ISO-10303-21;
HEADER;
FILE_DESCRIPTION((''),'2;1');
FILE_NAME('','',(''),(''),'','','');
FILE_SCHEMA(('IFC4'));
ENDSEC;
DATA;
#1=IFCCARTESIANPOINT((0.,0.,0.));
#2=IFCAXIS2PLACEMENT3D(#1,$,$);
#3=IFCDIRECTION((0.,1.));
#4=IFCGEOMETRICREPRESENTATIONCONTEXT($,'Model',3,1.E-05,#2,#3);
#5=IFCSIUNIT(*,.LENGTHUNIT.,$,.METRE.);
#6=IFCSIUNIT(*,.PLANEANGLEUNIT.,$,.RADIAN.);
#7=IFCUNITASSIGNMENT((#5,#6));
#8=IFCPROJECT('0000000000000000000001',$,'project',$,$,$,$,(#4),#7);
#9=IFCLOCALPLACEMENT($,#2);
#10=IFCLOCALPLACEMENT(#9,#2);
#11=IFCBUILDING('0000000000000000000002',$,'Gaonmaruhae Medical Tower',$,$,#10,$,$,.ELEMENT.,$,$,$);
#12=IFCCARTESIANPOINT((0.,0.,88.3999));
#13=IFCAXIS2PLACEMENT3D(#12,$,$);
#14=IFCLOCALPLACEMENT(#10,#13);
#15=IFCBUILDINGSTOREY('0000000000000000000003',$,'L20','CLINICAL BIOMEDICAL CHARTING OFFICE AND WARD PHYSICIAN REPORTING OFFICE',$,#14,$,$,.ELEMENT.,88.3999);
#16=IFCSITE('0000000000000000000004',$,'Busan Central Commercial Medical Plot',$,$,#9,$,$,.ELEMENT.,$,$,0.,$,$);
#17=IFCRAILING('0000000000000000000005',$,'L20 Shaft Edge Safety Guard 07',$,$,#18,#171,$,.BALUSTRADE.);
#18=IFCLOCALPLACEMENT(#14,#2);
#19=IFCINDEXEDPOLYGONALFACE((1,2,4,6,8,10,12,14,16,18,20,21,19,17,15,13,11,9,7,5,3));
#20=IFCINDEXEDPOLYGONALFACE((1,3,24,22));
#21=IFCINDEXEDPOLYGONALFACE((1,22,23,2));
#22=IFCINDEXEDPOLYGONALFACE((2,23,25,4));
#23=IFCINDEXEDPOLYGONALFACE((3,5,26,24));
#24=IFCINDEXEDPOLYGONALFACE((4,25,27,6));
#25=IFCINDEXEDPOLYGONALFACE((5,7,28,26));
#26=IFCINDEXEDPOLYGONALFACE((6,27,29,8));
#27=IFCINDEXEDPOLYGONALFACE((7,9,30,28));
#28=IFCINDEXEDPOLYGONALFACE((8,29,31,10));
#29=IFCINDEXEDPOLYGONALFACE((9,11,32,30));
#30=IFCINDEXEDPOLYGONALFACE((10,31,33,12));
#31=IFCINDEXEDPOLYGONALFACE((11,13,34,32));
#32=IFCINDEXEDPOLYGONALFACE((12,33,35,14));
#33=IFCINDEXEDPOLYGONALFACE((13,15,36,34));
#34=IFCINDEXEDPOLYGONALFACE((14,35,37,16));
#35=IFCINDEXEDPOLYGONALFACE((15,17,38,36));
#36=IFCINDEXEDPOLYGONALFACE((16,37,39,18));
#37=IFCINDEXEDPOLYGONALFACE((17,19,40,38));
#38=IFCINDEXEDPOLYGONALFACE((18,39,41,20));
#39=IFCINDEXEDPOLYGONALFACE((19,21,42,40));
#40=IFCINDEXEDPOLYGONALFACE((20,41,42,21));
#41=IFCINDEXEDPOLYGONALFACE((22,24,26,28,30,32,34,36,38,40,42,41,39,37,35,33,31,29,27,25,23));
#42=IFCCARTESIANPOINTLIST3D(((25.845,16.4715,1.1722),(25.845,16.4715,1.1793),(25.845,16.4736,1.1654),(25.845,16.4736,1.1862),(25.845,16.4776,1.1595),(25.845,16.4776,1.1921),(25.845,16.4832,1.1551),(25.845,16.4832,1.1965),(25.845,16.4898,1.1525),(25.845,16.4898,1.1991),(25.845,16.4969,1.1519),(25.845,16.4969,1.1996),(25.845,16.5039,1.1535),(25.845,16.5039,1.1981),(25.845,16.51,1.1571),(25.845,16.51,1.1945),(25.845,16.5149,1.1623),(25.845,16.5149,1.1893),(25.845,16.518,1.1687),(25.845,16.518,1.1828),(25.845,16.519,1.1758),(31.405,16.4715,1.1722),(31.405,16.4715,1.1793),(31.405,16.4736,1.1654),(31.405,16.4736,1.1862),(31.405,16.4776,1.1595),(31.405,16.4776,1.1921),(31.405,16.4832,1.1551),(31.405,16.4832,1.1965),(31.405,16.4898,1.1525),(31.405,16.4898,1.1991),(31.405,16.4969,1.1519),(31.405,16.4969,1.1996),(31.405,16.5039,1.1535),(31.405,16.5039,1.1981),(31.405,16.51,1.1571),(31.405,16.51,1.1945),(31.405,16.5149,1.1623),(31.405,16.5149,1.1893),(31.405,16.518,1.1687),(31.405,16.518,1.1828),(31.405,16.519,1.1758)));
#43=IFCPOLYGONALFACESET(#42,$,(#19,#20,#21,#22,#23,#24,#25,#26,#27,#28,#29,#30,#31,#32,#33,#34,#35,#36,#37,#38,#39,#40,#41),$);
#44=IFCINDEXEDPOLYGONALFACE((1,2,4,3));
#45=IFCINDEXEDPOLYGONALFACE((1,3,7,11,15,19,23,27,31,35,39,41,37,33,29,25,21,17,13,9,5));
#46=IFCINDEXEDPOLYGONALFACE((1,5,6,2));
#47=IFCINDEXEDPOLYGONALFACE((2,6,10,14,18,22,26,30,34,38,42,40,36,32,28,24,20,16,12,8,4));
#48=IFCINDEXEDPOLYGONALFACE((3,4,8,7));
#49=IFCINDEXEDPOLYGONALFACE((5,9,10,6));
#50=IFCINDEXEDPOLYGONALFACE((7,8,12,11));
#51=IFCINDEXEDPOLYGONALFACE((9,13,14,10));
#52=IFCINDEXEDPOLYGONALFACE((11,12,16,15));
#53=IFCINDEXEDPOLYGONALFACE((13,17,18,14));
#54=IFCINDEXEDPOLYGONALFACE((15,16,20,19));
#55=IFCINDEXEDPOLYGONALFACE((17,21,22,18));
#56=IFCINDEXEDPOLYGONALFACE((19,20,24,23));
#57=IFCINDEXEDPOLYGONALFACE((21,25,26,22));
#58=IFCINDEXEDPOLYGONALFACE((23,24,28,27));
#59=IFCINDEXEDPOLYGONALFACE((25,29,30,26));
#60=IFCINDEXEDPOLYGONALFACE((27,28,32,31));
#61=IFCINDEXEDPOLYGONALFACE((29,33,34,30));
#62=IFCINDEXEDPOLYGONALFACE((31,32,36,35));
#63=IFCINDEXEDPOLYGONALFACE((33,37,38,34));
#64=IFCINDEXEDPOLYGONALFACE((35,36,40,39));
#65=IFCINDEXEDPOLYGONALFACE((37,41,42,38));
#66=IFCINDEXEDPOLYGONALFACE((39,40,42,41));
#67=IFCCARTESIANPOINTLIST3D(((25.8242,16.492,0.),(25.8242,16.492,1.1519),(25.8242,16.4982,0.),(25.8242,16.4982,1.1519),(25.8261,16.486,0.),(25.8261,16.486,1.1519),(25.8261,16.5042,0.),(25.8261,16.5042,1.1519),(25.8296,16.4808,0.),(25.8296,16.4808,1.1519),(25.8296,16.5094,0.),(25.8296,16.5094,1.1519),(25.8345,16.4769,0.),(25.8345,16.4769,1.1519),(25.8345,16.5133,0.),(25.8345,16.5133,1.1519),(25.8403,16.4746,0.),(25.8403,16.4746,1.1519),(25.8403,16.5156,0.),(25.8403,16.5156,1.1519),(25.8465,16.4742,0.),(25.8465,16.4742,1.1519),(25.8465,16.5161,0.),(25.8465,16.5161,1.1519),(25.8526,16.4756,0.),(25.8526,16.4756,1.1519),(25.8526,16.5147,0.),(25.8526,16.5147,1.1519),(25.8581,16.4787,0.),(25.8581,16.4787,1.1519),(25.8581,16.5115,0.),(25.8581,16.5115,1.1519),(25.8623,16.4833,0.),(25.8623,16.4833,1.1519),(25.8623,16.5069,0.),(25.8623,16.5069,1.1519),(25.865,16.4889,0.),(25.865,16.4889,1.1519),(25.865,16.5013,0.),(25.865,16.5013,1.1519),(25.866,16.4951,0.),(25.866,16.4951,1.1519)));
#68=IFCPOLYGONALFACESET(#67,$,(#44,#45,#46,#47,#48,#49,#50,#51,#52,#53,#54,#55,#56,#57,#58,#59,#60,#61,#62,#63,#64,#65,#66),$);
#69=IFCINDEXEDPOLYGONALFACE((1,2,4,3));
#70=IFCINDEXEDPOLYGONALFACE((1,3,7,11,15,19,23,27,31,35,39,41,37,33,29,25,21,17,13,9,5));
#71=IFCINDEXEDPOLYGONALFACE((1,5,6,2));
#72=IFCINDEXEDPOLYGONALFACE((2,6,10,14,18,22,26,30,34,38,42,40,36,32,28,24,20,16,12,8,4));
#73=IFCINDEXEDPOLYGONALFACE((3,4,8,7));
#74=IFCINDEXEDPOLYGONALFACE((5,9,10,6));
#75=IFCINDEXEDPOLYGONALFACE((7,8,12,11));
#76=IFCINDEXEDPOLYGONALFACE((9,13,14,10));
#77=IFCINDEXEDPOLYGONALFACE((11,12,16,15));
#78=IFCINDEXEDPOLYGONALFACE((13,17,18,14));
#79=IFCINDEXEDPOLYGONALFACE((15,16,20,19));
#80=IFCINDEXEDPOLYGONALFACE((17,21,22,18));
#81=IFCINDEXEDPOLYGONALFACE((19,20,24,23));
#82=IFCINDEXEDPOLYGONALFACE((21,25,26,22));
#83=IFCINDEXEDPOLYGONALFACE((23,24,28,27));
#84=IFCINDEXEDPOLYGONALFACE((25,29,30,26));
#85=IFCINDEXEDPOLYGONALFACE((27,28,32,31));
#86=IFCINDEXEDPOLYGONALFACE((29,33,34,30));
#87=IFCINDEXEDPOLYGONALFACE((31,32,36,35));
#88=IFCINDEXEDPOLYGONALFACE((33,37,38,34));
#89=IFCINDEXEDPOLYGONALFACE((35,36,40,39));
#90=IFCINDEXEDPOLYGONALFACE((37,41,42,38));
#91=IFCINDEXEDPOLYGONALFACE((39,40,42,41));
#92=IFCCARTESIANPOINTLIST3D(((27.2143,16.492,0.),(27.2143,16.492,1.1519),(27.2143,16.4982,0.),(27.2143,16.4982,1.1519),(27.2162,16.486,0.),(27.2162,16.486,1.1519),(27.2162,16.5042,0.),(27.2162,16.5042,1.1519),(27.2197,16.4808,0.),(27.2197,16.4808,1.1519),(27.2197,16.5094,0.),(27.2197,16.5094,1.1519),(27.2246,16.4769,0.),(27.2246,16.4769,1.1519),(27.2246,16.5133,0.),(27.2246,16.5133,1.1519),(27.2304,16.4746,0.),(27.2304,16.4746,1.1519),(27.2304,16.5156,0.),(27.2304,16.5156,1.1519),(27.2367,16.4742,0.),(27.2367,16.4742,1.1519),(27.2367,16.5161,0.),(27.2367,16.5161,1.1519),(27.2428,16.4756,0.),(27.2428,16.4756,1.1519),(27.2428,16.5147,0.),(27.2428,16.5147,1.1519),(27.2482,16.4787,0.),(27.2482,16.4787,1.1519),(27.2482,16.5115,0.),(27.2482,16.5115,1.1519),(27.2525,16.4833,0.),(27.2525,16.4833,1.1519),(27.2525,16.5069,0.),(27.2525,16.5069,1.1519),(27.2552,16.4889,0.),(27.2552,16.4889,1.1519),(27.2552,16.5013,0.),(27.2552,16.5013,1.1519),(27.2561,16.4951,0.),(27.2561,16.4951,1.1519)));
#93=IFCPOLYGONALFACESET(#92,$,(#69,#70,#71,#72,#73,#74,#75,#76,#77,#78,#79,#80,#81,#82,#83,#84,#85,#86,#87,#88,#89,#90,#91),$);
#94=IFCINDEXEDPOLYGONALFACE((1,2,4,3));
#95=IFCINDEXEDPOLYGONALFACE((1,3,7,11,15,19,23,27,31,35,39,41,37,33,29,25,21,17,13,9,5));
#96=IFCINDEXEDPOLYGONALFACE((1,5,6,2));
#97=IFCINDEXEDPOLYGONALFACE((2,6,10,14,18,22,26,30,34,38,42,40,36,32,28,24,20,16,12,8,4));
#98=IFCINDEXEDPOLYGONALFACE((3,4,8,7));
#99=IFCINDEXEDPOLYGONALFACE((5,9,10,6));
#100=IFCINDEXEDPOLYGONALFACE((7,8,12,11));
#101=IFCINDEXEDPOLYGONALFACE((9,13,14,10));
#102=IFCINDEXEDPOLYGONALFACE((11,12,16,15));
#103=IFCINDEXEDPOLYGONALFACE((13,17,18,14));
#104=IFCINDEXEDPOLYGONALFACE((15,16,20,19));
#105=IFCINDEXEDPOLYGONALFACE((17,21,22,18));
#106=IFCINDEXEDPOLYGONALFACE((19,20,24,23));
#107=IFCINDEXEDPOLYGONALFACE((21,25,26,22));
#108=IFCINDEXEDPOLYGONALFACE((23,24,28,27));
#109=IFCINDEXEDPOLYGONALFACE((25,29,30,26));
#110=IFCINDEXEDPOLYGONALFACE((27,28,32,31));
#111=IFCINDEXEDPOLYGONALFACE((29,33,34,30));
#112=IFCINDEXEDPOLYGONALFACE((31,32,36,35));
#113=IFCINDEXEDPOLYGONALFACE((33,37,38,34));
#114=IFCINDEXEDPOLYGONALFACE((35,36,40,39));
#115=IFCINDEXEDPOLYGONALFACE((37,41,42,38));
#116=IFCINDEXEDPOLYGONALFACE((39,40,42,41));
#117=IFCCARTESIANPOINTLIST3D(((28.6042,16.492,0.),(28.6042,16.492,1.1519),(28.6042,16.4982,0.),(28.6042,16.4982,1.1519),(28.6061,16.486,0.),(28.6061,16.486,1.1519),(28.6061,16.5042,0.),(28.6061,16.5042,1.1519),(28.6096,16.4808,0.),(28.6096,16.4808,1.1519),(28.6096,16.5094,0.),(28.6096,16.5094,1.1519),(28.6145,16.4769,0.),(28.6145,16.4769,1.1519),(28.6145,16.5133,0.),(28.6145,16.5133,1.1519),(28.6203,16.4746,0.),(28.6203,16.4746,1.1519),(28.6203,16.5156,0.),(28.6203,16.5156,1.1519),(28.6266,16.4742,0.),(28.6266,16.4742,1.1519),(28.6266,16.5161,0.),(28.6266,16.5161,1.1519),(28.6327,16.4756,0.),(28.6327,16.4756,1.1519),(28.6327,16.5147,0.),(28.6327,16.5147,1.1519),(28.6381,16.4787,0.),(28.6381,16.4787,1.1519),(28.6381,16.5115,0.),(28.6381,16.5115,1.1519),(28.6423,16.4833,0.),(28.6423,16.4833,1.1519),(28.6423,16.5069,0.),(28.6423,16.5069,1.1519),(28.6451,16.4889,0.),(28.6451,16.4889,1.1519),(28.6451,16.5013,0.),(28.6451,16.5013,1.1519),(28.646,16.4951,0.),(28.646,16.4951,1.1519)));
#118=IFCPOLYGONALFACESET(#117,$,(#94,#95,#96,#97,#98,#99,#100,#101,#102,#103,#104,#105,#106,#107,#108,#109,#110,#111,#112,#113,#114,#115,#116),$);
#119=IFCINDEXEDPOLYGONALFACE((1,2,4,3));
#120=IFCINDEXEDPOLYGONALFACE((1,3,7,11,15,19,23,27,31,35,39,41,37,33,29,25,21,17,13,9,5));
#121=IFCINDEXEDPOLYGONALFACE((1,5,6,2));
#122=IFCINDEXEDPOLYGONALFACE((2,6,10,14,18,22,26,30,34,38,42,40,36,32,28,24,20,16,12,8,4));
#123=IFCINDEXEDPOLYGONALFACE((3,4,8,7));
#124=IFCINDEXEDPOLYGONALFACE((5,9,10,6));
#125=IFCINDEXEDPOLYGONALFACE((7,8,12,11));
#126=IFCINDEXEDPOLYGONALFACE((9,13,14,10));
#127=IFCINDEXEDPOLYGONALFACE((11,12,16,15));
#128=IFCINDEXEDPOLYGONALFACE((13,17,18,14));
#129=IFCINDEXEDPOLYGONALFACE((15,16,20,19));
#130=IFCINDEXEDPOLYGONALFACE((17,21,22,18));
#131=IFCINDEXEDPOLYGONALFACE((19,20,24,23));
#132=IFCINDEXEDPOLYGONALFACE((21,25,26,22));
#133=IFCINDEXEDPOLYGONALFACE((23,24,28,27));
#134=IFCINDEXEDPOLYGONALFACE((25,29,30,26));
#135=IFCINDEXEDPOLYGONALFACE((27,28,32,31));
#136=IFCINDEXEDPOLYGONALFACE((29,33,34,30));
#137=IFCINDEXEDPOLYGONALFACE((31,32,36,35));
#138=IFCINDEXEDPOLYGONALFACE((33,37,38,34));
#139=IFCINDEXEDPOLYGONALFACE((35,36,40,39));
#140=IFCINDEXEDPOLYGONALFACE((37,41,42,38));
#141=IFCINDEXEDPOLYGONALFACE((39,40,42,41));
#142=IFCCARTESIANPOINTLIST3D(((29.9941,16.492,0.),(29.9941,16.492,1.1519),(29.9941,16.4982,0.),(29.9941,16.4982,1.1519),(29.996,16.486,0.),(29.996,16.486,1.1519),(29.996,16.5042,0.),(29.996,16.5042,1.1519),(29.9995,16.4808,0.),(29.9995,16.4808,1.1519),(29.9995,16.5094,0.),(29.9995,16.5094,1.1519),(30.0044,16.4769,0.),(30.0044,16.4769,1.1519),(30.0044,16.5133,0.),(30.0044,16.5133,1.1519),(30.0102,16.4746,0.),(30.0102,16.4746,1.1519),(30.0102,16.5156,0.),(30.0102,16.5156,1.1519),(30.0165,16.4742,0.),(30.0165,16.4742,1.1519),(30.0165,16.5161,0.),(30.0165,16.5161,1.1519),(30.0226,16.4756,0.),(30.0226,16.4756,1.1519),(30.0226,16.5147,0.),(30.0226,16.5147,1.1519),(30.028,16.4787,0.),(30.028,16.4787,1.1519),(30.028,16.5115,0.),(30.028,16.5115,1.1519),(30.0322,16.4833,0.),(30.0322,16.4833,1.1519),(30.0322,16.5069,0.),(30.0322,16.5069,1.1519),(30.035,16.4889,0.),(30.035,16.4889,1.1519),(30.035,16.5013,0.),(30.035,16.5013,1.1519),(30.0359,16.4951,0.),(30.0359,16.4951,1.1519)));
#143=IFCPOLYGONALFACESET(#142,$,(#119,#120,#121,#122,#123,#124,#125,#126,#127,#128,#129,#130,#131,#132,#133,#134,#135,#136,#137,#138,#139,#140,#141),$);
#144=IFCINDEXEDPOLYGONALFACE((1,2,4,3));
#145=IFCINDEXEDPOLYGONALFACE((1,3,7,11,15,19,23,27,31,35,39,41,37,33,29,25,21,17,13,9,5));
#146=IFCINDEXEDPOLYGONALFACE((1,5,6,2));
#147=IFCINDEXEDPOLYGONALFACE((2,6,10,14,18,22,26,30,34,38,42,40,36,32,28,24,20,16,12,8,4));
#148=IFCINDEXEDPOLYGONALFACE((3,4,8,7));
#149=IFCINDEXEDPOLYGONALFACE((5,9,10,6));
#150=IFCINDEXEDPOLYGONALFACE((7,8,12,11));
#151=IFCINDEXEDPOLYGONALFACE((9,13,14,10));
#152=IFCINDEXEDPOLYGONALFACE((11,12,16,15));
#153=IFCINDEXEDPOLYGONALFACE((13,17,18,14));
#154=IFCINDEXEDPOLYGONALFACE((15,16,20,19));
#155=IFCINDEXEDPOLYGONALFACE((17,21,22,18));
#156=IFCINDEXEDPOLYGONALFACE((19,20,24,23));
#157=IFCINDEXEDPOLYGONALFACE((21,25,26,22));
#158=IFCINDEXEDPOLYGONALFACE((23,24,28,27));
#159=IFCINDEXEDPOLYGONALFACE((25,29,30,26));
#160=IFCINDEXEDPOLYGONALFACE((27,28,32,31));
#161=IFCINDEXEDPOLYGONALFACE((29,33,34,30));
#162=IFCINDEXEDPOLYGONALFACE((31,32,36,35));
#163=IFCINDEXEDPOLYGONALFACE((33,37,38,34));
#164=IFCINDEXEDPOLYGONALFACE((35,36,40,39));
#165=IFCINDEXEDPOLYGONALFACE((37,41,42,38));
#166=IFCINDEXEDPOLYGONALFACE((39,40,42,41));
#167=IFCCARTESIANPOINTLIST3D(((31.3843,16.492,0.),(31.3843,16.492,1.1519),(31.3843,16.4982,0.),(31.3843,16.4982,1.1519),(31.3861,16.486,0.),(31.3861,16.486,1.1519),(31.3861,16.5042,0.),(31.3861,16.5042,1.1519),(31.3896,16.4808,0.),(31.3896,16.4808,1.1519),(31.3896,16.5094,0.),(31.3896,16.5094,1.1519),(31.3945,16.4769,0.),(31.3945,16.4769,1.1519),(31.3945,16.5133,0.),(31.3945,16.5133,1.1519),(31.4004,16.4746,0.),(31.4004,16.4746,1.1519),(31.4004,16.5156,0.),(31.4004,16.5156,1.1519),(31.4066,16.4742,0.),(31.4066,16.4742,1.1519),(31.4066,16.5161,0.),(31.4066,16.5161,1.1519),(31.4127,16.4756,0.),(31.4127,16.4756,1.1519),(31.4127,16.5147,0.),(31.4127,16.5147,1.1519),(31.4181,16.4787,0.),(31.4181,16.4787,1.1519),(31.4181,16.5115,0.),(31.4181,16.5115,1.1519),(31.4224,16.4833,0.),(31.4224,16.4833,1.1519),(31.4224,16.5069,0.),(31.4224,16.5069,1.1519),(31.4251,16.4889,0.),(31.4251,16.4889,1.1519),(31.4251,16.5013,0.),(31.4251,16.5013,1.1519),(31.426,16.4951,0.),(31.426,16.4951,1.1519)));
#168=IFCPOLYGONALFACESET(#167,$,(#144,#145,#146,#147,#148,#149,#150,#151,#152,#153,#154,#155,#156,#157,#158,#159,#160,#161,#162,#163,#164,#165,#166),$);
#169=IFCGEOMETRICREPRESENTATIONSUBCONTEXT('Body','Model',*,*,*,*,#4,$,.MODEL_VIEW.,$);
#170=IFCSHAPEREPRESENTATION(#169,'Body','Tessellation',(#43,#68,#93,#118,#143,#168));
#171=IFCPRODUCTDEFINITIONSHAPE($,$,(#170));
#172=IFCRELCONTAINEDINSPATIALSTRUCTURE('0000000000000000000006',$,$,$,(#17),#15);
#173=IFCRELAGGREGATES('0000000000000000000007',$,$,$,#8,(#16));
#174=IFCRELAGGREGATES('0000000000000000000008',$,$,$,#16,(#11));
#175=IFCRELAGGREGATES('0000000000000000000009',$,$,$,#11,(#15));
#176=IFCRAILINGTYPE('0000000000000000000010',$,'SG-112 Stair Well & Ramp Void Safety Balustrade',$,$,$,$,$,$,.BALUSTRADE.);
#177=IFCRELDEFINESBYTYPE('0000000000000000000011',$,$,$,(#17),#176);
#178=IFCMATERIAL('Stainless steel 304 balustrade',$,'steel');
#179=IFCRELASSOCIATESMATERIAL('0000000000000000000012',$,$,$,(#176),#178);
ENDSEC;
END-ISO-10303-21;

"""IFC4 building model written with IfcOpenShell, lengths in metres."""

from ifc_helpers import new_model, si_unit, direction, frame, origin, origin_2d, place, context, subcontext, project, spatial, circle, extrude, material, type_object, element, save


model = new_model("IFC4")

# Units and contexts
model_context = context("Model", 3, precision=1e-05, world=origin(), true_north=direction((0.0, 1.0)))
body_context = subcontext(model_context, "Body", "Model", "MODEL_VIEW")
ifc_project = project(units=[si_unit("LENGTHUNIT", "METRE"), si_unit("PLANEANGLEUNIT", "RADIAN")], contexts=[model_context])

# Site, building, storey
site_placement = place(None, origin())
site = spatial("IfcSite", under=ifc_project, at=site_placement, Name="Busan Central Commercial Medical Plot", CompositionType="ELEMENT", RefElevation=0.0)
building_placement = place(site_placement, origin())
building = spatial("IfcBuilding", under=site, at=building_placement, Name="Gaonmaruhae Medical Tower", CompositionType="ELEMENT")
storey_placement = place(building_placement, frame((0.0, 0.0, 88.3999)))
storey = spatial("IfcBuildingStorey", under=building, at=storey_placement, Name="L20", Description="CLINICAL BIOMEDICAL CHARTING OFFICE AND WARD PHYSICIAN REPORTING OFFICE", CompositionType="ELEMENT", Elevation=88.3999)

# Railing
ifc_material_1 = material(Name="Stainless steel 304 balustrade", Category="steel")
railing_type_1 = type_object("IfcRailingType", Name="SG-112 Stair Well & Ramp Void Safety Balustrade", PredefinedType="BALUSTRADE", material=ifc_material_1)
railing_1_placement = place(storey_placement, frame((25.845, 16.4951, 0.0)))
element("IfcRailing", 1, at=railing_1_placement, inside=storey, type_object=railing_type_1, Name="L20 Shaft Edge Safety Guard 07", PredefinedType="BALUSTRADE", context=body_context, shape_type="SweptSolid", body=[
    extrude(circle(Radius=0.0239, at=origin_2d()), frame((0.0, 0.0, 1.1758), z_axis=(1.0, 0.0, 0.0), x_axis=(0.0, 1.0, 0.0)), (0.0, 0.0, 1.0), 5.5601),
    extrude(circle(Radius=0.021, at=origin_2d()), origin(), (0.0, 0.0, 1.0), 1.1519),
    extrude(circle(Radius=0.021, at=origin_2d()), frame((1.3901, 0.0, 0.0)), (0.0, 0.0, 1.0), 1.1519),
    extrude(circle(Radius=0.021, at=origin_2d()), frame((2.78, 0.0, 0.0)), (0.0, 0.0, 1.0), 1.1519),
    extrude(circle(Radius=0.021, at=origin_2d()), frame((4.1699, 0.0, 0.0)), (0.0, 0.0, 1.0), 1.1519),
    extrude(circle(Radius=0.021, at=origin_2d()), frame((5.5601, 0.0, 0.0)), (0.0, 0.0, 1.0), 1.1519),
])

save(model, "model.ifc")
